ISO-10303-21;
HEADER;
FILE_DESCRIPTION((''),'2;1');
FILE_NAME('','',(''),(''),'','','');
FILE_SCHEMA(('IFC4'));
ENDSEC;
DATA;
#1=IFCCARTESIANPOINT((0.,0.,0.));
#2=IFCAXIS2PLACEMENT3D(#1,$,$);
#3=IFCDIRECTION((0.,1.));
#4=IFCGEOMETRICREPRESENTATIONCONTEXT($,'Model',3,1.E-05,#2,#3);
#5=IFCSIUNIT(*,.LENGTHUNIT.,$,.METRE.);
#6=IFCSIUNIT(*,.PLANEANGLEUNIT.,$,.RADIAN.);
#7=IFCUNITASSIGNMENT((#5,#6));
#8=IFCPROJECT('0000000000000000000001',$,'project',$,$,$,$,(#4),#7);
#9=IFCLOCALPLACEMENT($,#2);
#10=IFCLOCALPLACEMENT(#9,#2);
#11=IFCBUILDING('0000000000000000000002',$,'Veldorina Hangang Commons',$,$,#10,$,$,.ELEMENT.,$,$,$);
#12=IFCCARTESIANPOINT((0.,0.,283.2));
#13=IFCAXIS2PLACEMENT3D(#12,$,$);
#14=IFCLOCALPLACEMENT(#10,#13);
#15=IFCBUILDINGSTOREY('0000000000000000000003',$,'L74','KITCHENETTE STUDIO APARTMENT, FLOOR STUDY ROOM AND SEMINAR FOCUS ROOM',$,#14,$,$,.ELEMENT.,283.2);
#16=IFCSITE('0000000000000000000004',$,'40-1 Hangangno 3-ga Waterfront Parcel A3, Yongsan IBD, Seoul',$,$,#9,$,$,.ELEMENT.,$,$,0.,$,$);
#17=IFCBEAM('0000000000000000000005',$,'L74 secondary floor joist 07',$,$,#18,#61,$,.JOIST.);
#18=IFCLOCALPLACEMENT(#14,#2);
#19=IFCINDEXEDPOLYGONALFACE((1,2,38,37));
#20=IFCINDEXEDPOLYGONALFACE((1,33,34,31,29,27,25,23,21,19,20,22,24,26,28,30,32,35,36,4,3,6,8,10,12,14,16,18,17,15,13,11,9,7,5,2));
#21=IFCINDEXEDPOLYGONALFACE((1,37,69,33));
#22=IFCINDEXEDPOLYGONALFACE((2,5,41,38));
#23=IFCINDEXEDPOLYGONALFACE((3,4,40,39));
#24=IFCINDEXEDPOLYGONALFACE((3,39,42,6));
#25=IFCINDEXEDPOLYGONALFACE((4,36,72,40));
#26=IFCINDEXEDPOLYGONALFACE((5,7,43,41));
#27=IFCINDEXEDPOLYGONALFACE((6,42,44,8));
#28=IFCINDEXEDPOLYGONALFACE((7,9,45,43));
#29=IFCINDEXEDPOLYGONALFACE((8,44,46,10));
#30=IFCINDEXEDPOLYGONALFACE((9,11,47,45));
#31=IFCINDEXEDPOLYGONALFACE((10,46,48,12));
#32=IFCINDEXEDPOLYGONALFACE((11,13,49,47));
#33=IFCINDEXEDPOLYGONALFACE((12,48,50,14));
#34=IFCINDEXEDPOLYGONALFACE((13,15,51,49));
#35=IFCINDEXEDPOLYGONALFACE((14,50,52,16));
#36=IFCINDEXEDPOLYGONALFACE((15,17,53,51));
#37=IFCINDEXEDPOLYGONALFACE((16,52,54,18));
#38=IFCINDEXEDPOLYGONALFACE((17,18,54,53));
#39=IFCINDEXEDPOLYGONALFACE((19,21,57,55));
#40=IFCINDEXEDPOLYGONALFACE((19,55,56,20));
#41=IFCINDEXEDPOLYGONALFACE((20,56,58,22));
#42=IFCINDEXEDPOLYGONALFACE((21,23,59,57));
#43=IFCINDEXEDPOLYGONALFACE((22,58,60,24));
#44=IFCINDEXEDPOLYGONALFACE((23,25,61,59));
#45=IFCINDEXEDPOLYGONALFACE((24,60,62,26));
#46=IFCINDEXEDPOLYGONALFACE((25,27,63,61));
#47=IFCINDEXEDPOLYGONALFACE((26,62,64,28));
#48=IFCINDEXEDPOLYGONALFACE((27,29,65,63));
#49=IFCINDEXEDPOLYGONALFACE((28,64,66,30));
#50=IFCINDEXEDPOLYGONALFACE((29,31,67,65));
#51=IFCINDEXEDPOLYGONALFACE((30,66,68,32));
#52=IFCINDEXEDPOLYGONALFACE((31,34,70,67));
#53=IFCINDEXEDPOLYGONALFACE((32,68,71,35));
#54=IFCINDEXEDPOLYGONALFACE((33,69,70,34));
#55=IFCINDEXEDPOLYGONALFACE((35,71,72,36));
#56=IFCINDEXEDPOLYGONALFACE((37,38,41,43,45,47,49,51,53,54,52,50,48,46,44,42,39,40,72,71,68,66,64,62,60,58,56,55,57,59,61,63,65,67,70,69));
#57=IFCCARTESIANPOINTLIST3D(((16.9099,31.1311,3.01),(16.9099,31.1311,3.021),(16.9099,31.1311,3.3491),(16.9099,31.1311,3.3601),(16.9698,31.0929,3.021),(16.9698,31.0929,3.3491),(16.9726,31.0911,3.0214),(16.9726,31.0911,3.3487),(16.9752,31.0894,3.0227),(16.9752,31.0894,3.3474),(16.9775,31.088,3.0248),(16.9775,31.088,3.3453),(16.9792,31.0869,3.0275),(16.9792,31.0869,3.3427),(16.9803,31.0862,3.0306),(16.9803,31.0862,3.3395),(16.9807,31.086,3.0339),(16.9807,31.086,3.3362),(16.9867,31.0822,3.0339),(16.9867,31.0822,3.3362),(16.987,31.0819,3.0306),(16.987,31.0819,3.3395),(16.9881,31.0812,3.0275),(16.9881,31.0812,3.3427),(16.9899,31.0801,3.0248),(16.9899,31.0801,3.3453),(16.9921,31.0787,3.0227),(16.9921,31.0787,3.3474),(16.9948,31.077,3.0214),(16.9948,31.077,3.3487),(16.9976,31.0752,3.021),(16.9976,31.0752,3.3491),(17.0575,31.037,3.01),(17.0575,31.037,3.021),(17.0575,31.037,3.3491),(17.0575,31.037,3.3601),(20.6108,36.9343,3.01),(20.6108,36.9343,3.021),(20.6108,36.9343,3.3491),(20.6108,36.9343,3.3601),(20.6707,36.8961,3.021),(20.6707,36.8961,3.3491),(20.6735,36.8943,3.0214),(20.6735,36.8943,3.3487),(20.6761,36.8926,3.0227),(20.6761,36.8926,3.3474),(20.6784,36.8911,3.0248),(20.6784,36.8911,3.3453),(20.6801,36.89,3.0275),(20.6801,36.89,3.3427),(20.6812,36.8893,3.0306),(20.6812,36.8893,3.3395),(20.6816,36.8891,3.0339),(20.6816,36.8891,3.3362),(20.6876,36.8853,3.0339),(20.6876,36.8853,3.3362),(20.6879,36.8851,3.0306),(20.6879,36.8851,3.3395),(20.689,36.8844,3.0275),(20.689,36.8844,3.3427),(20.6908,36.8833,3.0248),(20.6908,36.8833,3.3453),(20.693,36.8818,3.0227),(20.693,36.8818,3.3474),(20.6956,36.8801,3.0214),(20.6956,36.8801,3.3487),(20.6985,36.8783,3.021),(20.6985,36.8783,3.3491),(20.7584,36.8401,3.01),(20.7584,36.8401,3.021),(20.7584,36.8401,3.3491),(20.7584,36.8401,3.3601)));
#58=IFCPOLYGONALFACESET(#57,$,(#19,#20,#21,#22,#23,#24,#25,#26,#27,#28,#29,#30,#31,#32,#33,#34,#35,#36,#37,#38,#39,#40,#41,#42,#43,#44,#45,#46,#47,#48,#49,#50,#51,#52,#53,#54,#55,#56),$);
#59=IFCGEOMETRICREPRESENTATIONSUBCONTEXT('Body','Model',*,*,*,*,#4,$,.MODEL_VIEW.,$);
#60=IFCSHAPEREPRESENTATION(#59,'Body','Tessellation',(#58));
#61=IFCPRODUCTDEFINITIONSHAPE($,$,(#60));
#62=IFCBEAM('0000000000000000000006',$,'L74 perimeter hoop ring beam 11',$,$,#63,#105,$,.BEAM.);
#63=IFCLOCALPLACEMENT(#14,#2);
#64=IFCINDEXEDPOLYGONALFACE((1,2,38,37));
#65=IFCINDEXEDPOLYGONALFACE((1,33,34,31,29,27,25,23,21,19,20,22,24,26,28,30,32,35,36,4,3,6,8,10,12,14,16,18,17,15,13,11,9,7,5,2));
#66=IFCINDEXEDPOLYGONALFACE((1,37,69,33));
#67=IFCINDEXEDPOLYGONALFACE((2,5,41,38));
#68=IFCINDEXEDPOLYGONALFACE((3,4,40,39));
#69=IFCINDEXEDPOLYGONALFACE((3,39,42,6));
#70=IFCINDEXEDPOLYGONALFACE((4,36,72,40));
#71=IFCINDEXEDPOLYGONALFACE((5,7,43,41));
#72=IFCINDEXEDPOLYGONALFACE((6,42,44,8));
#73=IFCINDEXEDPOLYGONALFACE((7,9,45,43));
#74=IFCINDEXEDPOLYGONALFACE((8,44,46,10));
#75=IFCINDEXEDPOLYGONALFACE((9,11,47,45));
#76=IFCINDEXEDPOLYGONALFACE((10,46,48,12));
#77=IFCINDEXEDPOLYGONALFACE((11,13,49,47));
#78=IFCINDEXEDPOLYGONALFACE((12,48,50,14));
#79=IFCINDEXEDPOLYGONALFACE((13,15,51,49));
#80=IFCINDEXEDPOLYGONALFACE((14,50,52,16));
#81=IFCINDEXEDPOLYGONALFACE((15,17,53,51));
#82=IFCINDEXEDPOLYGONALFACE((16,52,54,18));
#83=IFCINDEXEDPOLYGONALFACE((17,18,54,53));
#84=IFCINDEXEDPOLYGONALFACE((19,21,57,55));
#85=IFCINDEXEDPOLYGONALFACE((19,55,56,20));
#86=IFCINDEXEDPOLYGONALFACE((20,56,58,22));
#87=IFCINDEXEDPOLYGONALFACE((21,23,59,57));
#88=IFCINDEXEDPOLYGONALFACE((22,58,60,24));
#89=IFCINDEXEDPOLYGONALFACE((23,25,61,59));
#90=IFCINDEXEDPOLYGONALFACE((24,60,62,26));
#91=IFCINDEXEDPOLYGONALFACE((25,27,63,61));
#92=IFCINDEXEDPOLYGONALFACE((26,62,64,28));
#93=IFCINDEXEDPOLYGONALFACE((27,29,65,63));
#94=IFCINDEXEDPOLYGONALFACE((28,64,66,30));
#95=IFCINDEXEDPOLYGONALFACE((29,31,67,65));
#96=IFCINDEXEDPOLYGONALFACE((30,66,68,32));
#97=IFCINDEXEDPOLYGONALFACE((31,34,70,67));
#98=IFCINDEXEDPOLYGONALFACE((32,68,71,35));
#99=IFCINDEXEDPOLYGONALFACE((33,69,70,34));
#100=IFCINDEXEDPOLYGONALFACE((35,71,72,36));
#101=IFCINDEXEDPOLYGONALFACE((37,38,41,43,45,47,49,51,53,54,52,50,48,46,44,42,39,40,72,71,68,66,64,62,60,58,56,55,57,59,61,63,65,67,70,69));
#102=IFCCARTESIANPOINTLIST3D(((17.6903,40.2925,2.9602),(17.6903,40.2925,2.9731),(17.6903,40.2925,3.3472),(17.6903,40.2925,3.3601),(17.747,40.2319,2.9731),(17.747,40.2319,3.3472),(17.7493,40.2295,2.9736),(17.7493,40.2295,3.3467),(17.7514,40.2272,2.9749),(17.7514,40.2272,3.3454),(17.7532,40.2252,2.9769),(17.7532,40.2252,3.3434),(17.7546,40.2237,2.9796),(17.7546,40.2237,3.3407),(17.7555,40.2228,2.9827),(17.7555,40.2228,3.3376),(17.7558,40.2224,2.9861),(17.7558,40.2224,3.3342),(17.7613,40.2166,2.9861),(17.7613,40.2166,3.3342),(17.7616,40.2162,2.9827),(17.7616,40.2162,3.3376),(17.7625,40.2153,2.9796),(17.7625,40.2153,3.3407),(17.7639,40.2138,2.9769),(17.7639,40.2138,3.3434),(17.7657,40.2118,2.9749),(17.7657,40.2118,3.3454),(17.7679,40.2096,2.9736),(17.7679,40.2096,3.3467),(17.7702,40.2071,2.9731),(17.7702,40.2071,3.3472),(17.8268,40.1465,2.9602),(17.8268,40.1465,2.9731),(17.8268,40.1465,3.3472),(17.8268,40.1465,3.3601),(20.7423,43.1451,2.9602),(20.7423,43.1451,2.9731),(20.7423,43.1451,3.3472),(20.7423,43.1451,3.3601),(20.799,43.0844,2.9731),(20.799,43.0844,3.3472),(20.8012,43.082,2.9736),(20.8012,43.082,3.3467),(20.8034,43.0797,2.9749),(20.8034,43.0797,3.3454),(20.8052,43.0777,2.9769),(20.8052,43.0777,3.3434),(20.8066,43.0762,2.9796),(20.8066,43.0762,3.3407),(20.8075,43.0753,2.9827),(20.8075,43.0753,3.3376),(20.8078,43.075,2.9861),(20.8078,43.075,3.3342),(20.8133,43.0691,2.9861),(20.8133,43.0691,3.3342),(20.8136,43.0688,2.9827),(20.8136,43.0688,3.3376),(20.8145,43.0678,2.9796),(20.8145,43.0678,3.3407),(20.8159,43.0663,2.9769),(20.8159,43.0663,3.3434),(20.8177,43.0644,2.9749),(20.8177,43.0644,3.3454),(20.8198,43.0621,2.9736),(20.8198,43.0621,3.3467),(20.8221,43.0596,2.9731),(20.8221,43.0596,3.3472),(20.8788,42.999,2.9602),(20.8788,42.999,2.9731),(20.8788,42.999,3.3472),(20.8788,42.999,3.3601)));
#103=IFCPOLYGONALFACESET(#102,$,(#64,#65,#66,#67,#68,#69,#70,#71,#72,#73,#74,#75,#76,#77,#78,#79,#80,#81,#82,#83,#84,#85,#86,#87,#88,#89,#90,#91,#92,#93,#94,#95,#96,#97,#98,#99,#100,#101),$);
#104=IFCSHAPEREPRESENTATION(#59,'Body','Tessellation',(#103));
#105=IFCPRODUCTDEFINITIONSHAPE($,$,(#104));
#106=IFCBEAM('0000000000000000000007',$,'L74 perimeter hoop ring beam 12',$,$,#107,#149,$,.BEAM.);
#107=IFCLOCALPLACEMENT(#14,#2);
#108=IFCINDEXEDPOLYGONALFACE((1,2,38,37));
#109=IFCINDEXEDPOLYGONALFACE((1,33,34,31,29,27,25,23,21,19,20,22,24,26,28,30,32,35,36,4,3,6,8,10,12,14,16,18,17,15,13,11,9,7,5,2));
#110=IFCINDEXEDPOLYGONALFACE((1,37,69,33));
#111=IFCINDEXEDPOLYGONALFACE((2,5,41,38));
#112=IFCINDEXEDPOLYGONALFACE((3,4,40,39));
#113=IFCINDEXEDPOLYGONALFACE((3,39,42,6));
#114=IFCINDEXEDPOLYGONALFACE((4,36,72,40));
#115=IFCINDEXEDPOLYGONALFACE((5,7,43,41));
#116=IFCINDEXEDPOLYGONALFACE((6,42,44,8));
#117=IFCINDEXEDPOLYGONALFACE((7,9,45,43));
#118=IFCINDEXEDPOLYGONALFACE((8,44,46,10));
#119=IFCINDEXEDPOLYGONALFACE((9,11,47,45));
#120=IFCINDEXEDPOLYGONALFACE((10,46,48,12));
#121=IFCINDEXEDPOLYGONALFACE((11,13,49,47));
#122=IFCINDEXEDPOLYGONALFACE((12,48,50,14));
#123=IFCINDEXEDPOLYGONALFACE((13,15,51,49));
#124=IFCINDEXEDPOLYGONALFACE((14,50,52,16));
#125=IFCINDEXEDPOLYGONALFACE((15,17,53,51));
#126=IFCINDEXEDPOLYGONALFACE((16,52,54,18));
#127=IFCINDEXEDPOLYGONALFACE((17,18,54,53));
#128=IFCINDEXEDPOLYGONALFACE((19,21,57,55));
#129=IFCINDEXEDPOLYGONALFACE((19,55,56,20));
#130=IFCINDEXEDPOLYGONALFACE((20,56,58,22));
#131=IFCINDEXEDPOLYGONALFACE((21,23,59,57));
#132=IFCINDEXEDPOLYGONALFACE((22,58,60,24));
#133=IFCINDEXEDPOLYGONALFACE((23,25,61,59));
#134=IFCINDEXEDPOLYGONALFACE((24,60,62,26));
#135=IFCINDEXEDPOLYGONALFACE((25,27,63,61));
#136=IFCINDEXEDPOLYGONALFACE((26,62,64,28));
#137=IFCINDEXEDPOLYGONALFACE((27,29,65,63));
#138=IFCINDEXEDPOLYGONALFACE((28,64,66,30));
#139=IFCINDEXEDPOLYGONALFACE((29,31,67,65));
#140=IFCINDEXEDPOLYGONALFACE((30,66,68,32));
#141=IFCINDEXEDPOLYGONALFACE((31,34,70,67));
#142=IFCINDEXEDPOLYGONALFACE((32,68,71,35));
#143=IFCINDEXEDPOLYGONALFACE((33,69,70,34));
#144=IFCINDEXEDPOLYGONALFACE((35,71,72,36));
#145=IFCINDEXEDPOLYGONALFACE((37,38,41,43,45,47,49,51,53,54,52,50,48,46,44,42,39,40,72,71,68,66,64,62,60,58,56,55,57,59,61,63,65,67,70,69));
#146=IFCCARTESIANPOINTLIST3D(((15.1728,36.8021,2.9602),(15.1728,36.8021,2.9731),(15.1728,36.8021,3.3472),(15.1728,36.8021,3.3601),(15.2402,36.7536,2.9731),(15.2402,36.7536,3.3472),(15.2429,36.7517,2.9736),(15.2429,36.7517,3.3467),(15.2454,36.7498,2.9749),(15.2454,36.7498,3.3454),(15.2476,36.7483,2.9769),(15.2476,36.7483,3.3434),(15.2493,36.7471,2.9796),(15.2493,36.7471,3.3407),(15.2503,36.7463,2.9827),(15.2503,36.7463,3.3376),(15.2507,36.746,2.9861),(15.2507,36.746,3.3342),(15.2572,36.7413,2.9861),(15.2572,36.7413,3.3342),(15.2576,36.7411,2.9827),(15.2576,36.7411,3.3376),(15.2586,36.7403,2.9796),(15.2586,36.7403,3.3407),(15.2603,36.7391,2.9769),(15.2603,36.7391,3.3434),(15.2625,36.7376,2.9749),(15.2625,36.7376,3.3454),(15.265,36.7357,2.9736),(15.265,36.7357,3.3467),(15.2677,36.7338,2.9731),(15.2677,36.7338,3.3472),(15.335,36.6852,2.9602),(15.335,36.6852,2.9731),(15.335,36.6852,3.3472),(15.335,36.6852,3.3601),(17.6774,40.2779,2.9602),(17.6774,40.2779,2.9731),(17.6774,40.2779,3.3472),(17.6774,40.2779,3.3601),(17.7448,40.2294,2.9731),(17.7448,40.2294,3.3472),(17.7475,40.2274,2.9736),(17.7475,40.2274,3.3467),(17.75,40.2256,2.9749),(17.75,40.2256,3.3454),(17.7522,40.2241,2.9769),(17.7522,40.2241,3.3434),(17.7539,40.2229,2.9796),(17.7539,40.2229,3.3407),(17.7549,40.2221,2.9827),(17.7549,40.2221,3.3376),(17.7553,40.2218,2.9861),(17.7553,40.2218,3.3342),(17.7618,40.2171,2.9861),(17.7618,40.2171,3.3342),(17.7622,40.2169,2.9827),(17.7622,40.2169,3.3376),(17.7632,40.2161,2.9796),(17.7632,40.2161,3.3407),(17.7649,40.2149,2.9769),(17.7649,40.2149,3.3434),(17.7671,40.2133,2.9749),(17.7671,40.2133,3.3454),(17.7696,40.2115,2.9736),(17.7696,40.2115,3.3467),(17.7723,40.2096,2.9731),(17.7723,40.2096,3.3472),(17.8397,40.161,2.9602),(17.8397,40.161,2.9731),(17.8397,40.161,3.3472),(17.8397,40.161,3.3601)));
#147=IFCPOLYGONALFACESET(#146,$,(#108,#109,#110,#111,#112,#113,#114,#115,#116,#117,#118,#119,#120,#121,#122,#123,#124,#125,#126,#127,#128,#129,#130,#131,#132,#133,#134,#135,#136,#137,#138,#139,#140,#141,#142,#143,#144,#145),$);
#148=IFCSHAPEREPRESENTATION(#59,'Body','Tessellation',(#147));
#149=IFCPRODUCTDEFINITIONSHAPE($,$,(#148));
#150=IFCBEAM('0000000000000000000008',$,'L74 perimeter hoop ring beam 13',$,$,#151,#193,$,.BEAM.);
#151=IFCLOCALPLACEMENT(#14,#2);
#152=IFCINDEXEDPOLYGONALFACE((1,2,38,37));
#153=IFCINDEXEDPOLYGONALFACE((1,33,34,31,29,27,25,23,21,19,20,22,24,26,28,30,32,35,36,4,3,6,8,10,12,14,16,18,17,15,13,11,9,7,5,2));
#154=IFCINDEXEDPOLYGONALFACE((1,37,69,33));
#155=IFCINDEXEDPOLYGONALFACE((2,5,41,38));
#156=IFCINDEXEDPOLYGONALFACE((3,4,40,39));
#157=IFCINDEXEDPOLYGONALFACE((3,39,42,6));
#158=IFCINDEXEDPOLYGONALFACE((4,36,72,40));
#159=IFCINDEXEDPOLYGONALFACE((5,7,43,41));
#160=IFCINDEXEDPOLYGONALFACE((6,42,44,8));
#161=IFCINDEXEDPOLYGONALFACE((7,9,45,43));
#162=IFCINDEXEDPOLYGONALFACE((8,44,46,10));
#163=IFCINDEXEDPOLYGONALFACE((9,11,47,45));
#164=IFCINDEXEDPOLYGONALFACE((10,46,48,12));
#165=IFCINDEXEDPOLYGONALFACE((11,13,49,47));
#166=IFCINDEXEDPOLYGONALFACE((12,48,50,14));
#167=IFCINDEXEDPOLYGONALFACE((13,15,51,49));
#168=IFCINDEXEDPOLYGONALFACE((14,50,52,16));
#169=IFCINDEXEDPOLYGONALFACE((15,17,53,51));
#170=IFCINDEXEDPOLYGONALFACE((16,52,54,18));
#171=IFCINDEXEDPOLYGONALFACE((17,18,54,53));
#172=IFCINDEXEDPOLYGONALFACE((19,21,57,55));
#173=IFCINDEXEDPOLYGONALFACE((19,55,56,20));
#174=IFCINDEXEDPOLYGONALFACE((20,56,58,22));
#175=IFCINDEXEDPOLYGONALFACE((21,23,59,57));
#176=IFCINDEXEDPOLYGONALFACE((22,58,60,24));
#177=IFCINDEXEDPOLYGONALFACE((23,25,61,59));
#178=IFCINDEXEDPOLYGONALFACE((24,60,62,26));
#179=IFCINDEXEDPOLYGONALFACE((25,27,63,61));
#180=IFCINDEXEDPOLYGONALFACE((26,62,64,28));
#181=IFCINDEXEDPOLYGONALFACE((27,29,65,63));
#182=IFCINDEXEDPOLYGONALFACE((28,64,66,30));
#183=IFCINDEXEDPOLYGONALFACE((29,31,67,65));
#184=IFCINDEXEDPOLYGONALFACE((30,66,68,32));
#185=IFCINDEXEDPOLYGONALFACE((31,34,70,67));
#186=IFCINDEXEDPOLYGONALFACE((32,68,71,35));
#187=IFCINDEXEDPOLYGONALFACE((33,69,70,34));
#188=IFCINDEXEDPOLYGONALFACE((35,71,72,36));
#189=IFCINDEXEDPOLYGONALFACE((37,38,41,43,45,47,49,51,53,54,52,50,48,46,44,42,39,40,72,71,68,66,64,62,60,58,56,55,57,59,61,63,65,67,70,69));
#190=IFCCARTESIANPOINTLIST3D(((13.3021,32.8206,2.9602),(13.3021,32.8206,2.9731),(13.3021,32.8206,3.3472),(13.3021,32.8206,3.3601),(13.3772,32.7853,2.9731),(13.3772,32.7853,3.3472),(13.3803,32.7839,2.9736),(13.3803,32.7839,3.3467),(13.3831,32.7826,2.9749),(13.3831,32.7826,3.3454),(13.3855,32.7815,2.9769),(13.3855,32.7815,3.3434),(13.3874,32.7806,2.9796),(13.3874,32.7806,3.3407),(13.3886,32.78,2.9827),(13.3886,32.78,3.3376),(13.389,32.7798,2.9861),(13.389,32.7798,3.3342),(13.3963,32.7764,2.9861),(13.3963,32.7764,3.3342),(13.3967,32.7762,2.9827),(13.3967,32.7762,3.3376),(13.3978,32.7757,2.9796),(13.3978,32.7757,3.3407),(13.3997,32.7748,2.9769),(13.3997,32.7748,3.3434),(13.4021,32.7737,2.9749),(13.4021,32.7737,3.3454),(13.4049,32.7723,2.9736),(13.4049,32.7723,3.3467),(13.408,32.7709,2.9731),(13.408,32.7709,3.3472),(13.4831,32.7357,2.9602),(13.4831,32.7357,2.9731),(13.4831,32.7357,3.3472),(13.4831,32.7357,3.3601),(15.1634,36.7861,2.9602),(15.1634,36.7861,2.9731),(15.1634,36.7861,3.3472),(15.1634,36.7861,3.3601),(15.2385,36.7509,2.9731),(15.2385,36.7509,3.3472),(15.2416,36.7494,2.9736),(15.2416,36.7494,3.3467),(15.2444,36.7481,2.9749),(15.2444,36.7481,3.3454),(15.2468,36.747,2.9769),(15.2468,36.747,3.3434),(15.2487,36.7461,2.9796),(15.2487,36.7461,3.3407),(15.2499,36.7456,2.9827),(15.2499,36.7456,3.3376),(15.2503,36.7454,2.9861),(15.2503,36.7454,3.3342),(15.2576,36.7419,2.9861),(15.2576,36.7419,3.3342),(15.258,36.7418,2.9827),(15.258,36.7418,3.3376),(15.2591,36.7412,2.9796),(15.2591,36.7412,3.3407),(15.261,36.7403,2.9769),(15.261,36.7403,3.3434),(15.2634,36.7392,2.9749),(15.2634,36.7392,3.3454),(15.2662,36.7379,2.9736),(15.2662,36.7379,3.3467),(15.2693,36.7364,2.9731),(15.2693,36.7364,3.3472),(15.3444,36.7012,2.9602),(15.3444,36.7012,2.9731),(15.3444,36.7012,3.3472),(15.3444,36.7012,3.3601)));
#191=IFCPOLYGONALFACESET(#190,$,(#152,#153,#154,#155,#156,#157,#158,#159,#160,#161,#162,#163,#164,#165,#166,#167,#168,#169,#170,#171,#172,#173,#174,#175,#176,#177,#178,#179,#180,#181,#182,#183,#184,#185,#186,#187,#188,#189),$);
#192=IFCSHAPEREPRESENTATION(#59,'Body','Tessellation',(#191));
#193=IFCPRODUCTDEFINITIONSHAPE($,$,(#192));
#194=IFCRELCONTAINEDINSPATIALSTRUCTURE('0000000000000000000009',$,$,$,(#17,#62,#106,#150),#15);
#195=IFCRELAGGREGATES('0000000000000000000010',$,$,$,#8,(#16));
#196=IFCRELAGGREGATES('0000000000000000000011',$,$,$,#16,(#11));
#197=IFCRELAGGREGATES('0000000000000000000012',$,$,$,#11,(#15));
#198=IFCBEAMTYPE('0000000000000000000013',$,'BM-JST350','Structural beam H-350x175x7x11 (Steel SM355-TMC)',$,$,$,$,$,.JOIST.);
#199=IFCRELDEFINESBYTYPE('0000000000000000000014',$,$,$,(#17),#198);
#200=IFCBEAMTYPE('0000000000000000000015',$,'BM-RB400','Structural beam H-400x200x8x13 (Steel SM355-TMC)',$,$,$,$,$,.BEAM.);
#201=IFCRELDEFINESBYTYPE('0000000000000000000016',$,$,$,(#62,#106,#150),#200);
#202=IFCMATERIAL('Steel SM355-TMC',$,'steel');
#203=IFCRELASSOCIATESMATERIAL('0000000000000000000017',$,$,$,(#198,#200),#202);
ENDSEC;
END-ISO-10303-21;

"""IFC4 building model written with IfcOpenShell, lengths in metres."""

from ifc_helpers import new_model, si_unit, direction, frame, origin, origin_2d, place, context, subcontext, project, spatial, i_section, extrude, material, material_profile, profile_set, type_object, element, save


model = new_model("IFC4")

# Units and contexts
model_context = context("Model", 3, precision=1e-05, world=origin(), true_north=direction((0.0, 1.0)))
body_context = subcontext(model_context, "Body", "Model", "MODEL_VIEW")
ifc_project = project(units=[si_unit("LENGTHUNIT", "METRE"), si_unit("PLANEANGLEUNIT", "RADIAN")], contexts=[model_context])

# Site, building, storey
site_placement = place(None, origin())
site = spatial("IfcSite", under=ifc_project, at=site_placement, Name="40-1 Hangangno 3-ga Waterfront Parcel A3, Yongsan IBD, Seoul", CompositionType="ELEMENT", RefElevation=0.0)
building_placement = place(site_placement, origin())
building = spatial("IfcBuilding", under=site, at=building_placement, Name="Veldorina Hangang Commons", CompositionType="ELEMENT")
storey_placement = place(building_placement, frame((0.0, 0.0, 283.2)))
storey = spatial("IfcBuildingStorey", under=building, at=storey_placement, Name="L74", Description="KITCHENETTE STUDIO APARTMENT, FLOOR STUDY ROOM AND SEMINAR FOCUS ROOM", CompositionType="ELEMENT", Elevation=283.2)

# Beams
ifc_material_1 = material(Name="Steel SM355-TMC", Category="steel")
ifc_material_profile_1 = material_profile(ifc_material_1, i_section(OverallWidth=0.175, OverallDepth=0.3501, WebThickness=0.0071, FlangeThickness=0.011, FilletRadius=0.0129, at=origin_2d()), Name="H-350x175x7x11")
ifc_profile_set_1 = profile_set([ifc_material_profile_1], Name="Steel SM355-TMC")
beam_type_1 = type_object("IfcBeamType", Name="BM-JST350", Description="Structural beam H-350x175x7x11 (Steel SM355-TMC)", PredefinedType="JOIST", material=ifc_profile_set_1)
beam_1_placement = place(storey_placement, frame((20.6846, 36.8872, 3.1851), z_axis=(-0.537699, -0.843137, 0.0), x_axis=(0.843137, -0.537699, 0.0)))
element("IfcBeam", 1, at=beam_1_placement, inside=storey, type_object=beam_type_1, Name="L74 secondary floor joist 07", PredefinedType="JOIST", context=body_context, shape_type="SweptSolid", body=[
    extrude(i_section(OverallWidth=0.175, OverallDepth=0.3501, WebThickness=0.0071, FlangeThickness=0.011, FilletRadius=0.0129, at=origin_2d()), origin(), (0.0, 0.0, 1.0), 6.8828),
])
ifc_material_profile_2 = material_profile(ifc_material_1, i_section(OverallWidth=0.2, OverallDepth=0.3999, WebThickness=0.0081, FlangeThickness=0.0129, FilletRadius=0.0129, at=origin_2d()), Name="H-400x200x8x13")
ifc_profile_set_2 = profile_set([ifc_material_profile_2], Name="Steel SM355-TMC")
beam_type_2 = type_object("IfcBeamType", Name="BM-RB400", Description="Structural beam H-400x200x8x13 (Steel SM355-TMC)", PredefinedType="BEAM", material=ifc_profile_set_2)
beam_2_placement = place(storey_placement, frame((20.8105, 43.072, 3.1602), z_axis=(-0.730577, -0.68283, 0.0), x_axis=(0.68283, -0.730577, 0.0)))
element("IfcBeam", 2, at=beam_2_placement, inside=storey, type_object=beam_type_2, Name="L74 perimeter hoop ring beam 11", PredefinedType="BEAM", context=body_context, shape_type="SweptSolid", body=[
    extrude(i_section(OverallWidth=0.2, OverallDepth=0.3999, WebThickness=0.0081, FlangeThickness=0.0129, FilletRadius=0.0129, at=origin_2d()), origin(), (0.0, 0.0, 1.0), 4.1775),
])
beam_3_placement = place(storey_placement, frame((17.7585, 40.2195, 3.1602), z_axis=(-0.584618, -0.811308, 0.0), x_axis=(0.811308, -0.584618, 0.0)))
element("IfcBeam", 3, at=beam_3_placement, inside=storey, type_object=beam_type_2, Name="L74 perimeter hoop ring beam 12", PredefinedType="BEAM", context=body_context, shape_type="SweptSolid", body=[
    extrude(i_section(OverallWidth=0.2, OverallDepth=0.3999, WebThickness=0.0081, FlangeThickness=0.0129, FilletRadius=0.0129, at=origin_2d()), origin(), (0.0, 0.0, 1.0), 4.2842),
])
beam_4_placement = place(storey_placement, frame((15.2539, 36.7437, 3.1602), z_axis=(-0.424895, -0.905243, 0.0), x_axis=(0.905243, -0.424895, 0.0)))
element("IfcBeam", 4, at=beam_4_placement, inside=storey, type_object=beam_type_2, Name="L74 perimeter hoop ring beam 13", PredefinedType="BEAM", context=body_context, shape_type="SweptSolid", body=[
    extrude(i_section(OverallWidth=0.2, OverallDepth=0.3999, WebThickness=0.0081, FlangeThickness=0.0129, FilletRadius=0.0129, at=origin_2d()), origin(), (0.0, 0.0, 1.0), 4.3806),
])

save(model, "model.ifc")
